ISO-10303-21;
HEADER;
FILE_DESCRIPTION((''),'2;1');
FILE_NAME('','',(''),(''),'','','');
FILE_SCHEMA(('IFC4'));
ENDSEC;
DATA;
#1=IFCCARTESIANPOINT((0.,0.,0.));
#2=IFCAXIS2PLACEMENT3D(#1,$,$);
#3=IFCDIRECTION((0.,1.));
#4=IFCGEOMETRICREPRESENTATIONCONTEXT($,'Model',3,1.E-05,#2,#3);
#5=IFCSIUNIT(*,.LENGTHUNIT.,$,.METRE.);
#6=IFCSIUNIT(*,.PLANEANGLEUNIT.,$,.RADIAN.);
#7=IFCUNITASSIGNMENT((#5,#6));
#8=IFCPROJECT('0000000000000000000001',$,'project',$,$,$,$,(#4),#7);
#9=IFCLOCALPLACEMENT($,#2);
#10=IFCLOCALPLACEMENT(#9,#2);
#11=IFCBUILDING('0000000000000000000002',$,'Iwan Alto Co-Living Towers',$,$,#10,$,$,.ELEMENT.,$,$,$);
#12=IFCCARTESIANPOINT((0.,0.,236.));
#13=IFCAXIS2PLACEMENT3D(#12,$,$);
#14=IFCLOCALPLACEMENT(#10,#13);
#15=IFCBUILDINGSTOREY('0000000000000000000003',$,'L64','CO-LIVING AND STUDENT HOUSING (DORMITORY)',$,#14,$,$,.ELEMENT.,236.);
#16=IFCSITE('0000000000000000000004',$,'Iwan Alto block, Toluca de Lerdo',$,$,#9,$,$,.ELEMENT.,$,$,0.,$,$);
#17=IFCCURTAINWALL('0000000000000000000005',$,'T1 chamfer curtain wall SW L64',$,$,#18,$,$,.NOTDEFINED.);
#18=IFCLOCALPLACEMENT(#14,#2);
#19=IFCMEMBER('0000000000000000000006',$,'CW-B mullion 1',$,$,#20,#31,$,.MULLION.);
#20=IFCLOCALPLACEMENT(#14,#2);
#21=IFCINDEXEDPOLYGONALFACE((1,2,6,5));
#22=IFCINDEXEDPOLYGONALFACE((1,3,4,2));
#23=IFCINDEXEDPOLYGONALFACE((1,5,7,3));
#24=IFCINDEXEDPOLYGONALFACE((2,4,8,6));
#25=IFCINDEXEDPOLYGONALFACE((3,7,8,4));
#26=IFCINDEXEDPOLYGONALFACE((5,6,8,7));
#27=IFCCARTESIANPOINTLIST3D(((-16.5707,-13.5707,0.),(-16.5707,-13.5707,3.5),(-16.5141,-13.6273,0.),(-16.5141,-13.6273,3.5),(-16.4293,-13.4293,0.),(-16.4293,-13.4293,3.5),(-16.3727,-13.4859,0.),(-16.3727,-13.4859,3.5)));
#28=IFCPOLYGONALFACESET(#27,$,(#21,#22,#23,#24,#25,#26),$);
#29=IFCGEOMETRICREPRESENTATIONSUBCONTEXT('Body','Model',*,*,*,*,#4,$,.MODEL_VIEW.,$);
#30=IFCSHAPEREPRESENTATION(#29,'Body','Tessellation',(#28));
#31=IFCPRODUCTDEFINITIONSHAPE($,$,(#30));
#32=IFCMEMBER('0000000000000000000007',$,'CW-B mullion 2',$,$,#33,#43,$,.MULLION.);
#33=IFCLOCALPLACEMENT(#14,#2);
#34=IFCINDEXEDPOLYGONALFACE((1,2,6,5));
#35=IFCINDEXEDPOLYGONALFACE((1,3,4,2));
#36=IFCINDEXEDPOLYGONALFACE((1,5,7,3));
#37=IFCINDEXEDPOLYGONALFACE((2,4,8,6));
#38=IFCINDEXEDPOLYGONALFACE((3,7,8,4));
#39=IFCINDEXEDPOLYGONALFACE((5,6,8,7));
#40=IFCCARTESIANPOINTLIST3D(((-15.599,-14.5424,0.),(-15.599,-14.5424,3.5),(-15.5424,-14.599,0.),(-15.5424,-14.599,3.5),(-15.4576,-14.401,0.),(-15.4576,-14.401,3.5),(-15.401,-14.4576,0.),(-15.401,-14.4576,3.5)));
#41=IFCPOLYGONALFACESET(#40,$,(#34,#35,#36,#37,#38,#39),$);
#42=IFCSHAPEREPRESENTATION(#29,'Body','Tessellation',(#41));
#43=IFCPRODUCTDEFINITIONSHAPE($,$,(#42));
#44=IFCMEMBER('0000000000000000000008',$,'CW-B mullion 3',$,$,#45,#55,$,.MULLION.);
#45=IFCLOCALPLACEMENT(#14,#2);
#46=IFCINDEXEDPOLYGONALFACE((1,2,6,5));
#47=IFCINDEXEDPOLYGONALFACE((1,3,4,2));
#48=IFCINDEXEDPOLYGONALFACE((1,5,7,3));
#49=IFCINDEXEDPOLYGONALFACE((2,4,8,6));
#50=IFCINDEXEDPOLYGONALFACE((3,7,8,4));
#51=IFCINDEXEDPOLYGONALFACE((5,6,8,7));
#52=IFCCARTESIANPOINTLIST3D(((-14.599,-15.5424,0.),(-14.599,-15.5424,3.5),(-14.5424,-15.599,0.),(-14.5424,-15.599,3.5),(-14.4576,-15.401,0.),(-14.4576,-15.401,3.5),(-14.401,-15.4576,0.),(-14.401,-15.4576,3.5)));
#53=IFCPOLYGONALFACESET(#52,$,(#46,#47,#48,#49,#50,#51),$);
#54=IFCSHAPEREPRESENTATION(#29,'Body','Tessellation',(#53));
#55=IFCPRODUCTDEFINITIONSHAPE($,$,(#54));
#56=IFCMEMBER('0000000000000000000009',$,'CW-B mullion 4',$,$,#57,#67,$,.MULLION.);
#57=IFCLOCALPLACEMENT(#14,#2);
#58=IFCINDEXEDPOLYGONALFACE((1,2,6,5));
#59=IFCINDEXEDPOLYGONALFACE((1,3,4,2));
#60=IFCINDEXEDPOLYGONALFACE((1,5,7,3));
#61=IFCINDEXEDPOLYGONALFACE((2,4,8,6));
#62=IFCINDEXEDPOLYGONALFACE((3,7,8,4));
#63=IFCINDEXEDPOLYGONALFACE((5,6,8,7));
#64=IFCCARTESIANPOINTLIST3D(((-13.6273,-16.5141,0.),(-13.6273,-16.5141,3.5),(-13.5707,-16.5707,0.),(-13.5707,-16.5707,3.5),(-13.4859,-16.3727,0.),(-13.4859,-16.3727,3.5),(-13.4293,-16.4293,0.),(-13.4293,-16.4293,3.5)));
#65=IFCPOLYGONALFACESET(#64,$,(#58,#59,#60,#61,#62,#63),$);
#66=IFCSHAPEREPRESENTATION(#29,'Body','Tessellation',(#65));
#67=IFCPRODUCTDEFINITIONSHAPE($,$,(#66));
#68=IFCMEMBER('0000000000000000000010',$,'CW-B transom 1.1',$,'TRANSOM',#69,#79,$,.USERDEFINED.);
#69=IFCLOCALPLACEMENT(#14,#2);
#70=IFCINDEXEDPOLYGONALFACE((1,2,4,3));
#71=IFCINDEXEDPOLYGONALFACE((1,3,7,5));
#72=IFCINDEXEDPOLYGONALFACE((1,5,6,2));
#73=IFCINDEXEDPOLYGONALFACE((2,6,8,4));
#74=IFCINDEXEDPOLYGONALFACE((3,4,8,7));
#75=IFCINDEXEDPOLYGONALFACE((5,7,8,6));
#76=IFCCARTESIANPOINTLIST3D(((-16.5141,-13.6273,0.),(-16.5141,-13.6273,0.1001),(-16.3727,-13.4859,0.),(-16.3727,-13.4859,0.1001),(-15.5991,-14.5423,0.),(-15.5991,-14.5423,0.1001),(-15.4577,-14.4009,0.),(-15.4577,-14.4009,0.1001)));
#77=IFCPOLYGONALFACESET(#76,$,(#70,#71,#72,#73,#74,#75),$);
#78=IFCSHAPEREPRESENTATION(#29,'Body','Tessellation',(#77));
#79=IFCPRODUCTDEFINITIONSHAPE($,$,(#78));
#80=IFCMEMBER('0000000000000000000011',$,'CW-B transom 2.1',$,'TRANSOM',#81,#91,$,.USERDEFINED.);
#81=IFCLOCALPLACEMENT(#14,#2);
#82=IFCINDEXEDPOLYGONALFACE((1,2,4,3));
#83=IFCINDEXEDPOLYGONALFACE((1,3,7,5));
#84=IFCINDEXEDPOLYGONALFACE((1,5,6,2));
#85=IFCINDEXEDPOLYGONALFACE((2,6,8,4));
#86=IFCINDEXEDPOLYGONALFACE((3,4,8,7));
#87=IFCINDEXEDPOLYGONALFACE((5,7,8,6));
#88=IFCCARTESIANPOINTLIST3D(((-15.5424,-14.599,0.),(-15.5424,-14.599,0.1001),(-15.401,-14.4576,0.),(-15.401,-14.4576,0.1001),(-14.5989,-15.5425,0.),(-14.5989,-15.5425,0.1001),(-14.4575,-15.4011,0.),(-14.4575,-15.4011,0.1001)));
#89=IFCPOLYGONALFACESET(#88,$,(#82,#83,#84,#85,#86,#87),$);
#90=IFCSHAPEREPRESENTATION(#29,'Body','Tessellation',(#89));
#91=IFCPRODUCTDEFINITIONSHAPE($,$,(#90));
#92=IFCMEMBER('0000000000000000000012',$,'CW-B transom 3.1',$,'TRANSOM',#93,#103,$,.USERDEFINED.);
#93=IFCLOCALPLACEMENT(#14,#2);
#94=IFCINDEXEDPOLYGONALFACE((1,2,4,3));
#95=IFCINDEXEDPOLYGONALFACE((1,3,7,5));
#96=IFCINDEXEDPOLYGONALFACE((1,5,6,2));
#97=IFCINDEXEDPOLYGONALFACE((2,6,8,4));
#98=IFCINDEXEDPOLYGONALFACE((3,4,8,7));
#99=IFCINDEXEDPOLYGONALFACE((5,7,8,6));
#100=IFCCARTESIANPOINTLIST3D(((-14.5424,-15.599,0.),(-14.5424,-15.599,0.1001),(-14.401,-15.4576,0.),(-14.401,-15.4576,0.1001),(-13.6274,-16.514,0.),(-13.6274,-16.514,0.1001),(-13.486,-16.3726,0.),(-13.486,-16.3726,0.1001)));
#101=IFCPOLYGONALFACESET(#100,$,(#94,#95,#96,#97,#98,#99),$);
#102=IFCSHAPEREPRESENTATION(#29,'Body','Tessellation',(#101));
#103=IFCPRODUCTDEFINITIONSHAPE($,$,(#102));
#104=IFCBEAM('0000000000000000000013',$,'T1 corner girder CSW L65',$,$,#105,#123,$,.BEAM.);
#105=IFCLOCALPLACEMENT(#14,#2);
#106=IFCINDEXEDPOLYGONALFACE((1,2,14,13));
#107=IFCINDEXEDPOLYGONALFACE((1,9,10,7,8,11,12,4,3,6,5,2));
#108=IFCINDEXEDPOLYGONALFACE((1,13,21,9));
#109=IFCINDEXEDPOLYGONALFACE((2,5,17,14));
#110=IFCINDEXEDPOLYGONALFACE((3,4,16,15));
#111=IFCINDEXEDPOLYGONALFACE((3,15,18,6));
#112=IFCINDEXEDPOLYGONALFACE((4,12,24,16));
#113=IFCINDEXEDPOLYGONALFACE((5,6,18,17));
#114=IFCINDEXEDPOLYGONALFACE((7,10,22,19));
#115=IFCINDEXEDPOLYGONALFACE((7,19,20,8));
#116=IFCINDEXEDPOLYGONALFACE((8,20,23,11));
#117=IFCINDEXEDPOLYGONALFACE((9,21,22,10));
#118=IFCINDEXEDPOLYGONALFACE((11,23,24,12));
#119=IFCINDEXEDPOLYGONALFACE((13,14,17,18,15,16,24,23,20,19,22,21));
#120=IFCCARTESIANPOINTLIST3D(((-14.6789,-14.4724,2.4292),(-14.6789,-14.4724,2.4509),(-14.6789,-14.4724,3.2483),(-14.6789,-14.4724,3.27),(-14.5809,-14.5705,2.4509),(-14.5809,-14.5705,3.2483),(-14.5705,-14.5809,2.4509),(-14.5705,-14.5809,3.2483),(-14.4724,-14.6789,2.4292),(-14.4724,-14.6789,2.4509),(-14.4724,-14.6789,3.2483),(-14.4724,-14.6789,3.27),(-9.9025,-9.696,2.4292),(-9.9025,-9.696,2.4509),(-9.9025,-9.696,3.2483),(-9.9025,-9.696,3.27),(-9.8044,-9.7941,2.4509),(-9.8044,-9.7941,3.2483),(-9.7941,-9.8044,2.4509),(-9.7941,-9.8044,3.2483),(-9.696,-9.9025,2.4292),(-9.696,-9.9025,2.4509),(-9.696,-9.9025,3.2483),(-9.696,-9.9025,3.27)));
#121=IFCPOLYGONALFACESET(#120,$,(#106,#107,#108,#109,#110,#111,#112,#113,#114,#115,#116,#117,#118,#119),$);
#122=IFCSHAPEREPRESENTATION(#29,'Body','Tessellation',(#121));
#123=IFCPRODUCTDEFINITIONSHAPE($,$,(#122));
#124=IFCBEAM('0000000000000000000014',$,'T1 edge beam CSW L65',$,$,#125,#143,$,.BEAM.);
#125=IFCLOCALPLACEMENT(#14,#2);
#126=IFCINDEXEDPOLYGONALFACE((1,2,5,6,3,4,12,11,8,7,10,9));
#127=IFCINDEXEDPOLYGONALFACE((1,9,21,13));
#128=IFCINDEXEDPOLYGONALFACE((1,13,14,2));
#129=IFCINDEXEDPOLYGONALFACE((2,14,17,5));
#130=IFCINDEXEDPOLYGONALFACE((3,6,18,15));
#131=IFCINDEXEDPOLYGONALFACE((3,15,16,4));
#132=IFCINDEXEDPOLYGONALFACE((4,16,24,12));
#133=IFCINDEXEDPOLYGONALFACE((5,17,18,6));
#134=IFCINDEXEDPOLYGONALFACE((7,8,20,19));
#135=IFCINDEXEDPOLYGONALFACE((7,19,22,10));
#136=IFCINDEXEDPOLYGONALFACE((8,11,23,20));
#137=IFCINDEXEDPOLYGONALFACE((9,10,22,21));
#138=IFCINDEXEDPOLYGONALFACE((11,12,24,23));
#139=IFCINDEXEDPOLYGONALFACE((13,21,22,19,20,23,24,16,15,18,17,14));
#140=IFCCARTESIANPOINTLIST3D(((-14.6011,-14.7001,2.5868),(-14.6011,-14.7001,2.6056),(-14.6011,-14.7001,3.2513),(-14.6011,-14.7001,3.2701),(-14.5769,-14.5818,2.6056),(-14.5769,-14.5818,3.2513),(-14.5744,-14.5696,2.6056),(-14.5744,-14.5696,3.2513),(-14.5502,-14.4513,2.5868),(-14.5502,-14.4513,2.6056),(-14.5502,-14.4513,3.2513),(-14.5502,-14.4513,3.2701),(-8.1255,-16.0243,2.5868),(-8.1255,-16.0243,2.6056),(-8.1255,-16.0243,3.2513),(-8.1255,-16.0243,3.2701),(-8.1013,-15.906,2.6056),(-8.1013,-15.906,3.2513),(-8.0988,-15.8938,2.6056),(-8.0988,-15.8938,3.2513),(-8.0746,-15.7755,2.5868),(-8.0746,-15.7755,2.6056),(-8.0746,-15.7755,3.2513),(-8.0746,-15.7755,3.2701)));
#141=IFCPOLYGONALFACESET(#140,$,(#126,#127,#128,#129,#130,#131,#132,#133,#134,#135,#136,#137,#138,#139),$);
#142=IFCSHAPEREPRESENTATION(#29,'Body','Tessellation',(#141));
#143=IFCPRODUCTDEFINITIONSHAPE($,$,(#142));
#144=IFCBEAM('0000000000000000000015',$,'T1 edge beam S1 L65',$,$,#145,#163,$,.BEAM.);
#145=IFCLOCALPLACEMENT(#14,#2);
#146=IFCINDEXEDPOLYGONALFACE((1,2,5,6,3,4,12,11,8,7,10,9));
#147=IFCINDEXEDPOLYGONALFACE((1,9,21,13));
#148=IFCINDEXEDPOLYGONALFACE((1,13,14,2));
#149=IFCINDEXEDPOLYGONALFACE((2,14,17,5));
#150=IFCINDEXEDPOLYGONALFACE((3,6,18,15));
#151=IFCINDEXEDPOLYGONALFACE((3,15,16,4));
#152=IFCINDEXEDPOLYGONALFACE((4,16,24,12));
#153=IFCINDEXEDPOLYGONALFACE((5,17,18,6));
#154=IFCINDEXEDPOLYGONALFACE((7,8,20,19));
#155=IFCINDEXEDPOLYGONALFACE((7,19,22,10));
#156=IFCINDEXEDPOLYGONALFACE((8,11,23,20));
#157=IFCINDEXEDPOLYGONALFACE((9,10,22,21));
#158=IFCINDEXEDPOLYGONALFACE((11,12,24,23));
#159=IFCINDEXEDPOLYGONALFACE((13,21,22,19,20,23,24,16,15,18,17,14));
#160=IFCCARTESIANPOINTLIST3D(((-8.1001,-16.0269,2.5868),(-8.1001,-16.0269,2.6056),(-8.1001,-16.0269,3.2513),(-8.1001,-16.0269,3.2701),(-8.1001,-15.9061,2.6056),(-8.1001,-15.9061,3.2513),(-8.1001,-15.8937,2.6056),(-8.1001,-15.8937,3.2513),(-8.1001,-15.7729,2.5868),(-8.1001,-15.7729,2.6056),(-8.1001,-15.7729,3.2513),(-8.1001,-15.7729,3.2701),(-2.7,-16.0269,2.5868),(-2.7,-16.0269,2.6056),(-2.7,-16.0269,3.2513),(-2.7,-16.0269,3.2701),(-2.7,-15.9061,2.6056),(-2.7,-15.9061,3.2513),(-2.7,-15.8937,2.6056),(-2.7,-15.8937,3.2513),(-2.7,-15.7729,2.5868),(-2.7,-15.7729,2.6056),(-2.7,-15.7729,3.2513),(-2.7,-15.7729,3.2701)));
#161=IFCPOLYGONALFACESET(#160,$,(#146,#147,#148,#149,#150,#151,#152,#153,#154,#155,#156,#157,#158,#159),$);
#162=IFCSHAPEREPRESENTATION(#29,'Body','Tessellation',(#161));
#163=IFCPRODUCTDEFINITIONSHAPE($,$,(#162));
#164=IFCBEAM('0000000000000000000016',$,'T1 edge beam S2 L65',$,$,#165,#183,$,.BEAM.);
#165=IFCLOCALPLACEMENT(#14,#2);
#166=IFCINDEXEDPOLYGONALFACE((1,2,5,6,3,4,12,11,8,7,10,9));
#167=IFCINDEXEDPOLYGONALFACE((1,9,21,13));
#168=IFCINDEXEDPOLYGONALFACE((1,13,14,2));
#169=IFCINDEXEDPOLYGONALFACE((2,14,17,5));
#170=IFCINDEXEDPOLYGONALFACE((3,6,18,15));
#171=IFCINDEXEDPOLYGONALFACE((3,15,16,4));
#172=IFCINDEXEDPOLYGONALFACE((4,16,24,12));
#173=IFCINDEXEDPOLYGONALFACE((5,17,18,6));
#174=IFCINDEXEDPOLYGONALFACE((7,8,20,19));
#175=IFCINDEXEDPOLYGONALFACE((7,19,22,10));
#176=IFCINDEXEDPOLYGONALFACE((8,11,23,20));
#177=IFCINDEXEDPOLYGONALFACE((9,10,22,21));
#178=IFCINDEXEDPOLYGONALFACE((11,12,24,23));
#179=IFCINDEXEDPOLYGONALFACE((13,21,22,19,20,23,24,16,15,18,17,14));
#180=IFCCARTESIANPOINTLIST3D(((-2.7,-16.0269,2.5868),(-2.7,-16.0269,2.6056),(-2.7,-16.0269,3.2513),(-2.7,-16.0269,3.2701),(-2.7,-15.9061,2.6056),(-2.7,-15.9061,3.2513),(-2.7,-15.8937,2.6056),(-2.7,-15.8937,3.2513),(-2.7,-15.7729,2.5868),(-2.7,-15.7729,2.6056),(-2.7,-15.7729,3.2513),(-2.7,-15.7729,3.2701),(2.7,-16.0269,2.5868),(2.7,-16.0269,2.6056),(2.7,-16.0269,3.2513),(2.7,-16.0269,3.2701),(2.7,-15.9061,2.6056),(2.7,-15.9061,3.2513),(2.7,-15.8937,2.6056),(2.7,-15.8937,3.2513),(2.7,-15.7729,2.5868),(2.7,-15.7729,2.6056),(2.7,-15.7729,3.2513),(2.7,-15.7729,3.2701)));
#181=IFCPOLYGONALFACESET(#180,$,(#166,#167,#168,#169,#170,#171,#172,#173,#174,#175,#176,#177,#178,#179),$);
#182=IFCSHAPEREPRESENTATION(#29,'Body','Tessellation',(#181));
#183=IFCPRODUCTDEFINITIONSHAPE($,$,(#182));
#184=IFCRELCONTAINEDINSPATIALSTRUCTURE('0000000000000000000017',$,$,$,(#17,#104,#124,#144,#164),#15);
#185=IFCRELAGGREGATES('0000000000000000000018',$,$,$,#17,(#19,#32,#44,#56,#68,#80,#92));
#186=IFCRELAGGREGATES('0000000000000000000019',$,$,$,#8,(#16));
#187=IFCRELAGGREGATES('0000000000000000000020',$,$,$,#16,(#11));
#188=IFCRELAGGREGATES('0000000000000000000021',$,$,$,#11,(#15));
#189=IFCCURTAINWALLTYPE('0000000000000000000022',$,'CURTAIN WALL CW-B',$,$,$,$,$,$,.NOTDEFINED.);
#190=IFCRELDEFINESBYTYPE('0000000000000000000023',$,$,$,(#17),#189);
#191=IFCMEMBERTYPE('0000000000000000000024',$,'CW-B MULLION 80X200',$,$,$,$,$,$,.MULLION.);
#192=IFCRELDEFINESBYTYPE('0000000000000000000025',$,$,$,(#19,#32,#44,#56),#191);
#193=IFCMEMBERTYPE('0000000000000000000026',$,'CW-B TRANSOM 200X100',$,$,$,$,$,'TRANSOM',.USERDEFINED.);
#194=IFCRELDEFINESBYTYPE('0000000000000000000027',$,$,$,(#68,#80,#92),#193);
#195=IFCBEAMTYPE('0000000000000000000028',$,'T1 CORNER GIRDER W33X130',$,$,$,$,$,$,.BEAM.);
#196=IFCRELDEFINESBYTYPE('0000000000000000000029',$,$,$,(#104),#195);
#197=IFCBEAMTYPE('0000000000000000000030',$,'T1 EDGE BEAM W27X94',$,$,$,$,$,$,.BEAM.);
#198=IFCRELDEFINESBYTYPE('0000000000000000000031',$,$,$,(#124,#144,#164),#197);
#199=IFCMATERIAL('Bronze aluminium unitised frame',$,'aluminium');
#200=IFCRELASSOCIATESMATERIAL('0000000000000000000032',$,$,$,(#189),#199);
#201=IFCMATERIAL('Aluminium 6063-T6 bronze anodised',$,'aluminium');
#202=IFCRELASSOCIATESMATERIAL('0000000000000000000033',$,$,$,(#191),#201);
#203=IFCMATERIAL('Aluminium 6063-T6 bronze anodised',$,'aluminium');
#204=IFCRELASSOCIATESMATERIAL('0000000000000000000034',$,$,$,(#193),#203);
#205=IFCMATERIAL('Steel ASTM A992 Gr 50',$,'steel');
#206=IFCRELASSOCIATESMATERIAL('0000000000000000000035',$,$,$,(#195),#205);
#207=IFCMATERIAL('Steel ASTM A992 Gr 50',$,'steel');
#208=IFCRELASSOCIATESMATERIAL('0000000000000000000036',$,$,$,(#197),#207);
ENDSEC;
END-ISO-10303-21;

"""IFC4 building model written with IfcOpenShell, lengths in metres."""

from ifc_helpers import new_model, si_unit, direction, frame, origin, origin_2d, place, context, subcontext, project, spatial, rectangle, i_section, extrude, material, material_profile, profile_set, type_object, element, aggregate, save


model = new_model("IFC4")

# Units and contexts
model_context = context("Model", 3, precision=1e-05, world=origin(), true_north=direction((0.0, 1.0)))
body_context = subcontext(model_context, "Body", "Model", "MODEL_VIEW")
ifc_project = project(units=[si_unit("LENGTHUNIT", "METRE"), si_unit("PLANEANGLEUNIT", "RADIAN")], contexts=[model_context])

# Site, building, storey
site_placement = place(None, origin())
site = spatial("IfcSite", under=ifc_project, at=site_placement, Name="Iwan Alto block, Toluca de Lerdo", CompositionType="ELEMENT", RefElevation=0.0)
building_placement = place(site_placement, origin())
building = spatial("IfcBuilding", under=site, at=building_placement, Name="Iwan Alto Co-Living Towers", CompositionType="ELEMENT")
storey_placement = place(building_placement, frame((0.0, 0.0, 236.0)))
storey = spatial("IfcBuildingStorey", under=building, at=storey_placement, Name="L64", Description="CO-LIVING AND STUDENT HOUSING (DORMITORY)", CompositionType="ELEMENT", Elevation=236.0)

# Curtain wall, members
ifc_material_1 = material(Name="Bronze aluminium unitised frame", Category="aluminium")
curtain_wall_type_1 = type_object("IfcCurtainWallType", Name="CURTAIN WALL CW-B", PredefinedType="NOTDEFINED", material=ifc_material_1)
curtain_wall_1_placement = place(storey_placement, origin())
curtain_wall_1 = element("IfcCurtainWall", 1, at=curtain_wall_1_placement, inside=storey, type_object=curtain_wall_type_1, Name="T1 chamfer curtain wall SW L64", PredefinedType="NOTDEFINED")
ifc_material_2 = material(Name="Aluminium 6063-T6 bronze anodised", Category="aluminium")
ifc_material_profile_1 = material_profile(ifc_material_2, rectangle(XDim=0.2, YDim=0.0801, at=origin_2d()), Name="AL 80X200")
ifc_profile_set_1 = profile_set([ifc_material_profile_1], Name="Aluminium 6063-T6 bronze anodised")
member_type_1 = type_object("IfcMemberType", Name="CW-B MULLION 80X200", PredefinedType="MULLION", material=ifc_profile_set_1)
member_1_placement = place(storey_placement, frame((-16.4717, -13.5283, 0.0), z_axis=(0.0, 0.0, 1.0), x_axis=(0.707107, 0.707107, 0.0)))
member_1 = element("IfcMember", 2, at=member_1_placement, type_object=member_type_1, Name="CW-B mullion 1", PredefinedType="MULLION", context=body_context, shape_type="SweptSolid", body=[
    extrude(rectangle(XDim=0.2, YDim=0.0801, at=origin_2d()), origin(), (0.0, 0.0, 1.0), 3.5),
])
member_2_placement = place(storey_placement, frame((-15.5, -14.5, 0.0), z_axis=(0.0, 0.0, 1.0), x_axis=(0.707107, 0.707107, 0.0)))
member_2 = element("IfcMember", 3, at=member_2_placement, type_object=member_type_1, Name="CW-B mullion 2", PredefinedType="MULLION", context=body_context, shape_type="SweptSolid", body=[
    extrude(rectangle(XDim=0.2, YDim=0.0801, at=origin_2d()), origin(), (0.0, 0.0, 1.0), 3.5),
])
member_3_placement = place(storey_placement, frame((-14.5, -15.5, 0.0), z_axis=(0.0, 0.0, 1.0), x_axis=(0.707107, 0.707107, 0.0)))
member_3 = element("IfcMember", 4, at=member_3_placement, type_object=member_type_1, Name="CW-B mullion 3", PredefinedType="MULLION", context=body_context, shape_type="SweptSolid", body=[
    extrude(rectangle(XDim=0.2, YDim=0.0801, at=origin_2d()), origin(), (0.0, 0.0, 1.0), 3.5),
])
member_4_placement = place(storey_placement, frame((-13.5283, -16.4717, 0.0), z_axis=(0.0, 0.0, 1.0), x_axis=(0.707107, 0.707107, 0.0)))
member_4 = element("IfcMember", 5, at=member_4_placement, type_object=member_type_1, Name="CW-B mullion 4", PredefinedType="MULLION", context=body_context, shape_type="SweptSolid", body=[
    extrude(rectangle(XDim=0.2, YDim=0.0801, at=origin_2d()), origin(), (0.0, 0.0, 1.0), 3.5),
])
ifc_material_3 = material(Name="Aluminium 6063-T6 bronze anodised", Category="aluminium")
ifc_material_profile_2 = material_profile(ifc_material_3, rectangle(XDim=0.2, YDim=0.1001, at=origin_2d()), Name="AL 200X100")
ifc_profile_set_2 = profile_set([ifc_material_profile_2], Name="Aluminium 6063-T6 bronze anodised")
member_type_2 = type_object("IfcMemberType", Name="CW-B TRANSOM 200X100", ElementType="TRANSOM", PredefinedType="USERDEFINED", material=ifc_profile_set_2)
member_5_placement = place(storey_placement, frame((-16.4434, -13.5566, 0.05), z_axis=(0.707107, -0.707107, 0.0), x_axis=(0.707107, 0.707107, 0.0)))
member_5 = element("IfcMember", 6, at=member_5_placement, type_object=member_type_2, Name="CW-B transom 1.1", ObjectType="TRANSOM", PredefinedType="USERDEFINED", context=body_context, shape_type="SweptSolid", body=[
    extrude(rectangle(XDim=0.2, YDim=0.1001, at=origin_2d()), origin(), (0.0, 0.0, 1.0), 1.2939),
])
member_6_placement = place(storey_placement, frame((-15.4717, -14.5283, 0.05), z_axis=(0.707107, -0.707107, 0.0), x_axis=(0.707107, 0.707107, 0.0)))
member_6 = element("IfcMember", 7, at=member_6_placement, type_object=member_type_2, Name="CW-B transom 2.1", ObjectType="TRANSOM", PredefinedType="USERDEFINED", context=body_context, shape_type="SweptSolid", body=[
    extrude(rectangle(XDim=0.2, YDim=0.1001, at=origin_2d()), origin(), (0.0, 0.0, 1.0), 1.3342),
])
member_7_placement = place(storey_placement, frame((-14.4717, -15.5283, 0.05), z_axis=(0.707107, -0.707107, 0.0), x_axis=(0.707107, 0.707107, 0.0)))
member_7 = element("IfcMember", 8, at=member_7_placement, type_object=member_type_2, Name="CW-B transom 3.1", ObjectType="TRANSOM", PredefinedType="USERDEFINED", context=body_context, shape_type="SweptSolid", body=[
    extrude(rectangle(XDim=0.2, YDim=0.1001, at=origin_2d()), origin(), (0.0, 0.0, 1.0), 1.2939),
])

# Beams
ifc_material_4 = material(Name="Steel ASTM A992 Gr 50", Category="steel")
ifc_material_profile_3 = material_profile(ifc_material_4, i_section(OverallWidth=0.292, OverallDepth=0.8408, WebThickness=0.0146, FlangeThickness=0.0217, at=origin_2d()), Name="W33X130")
ifc_profile_set_3 = profile_set([ifc_material_profile_3], Name="Steel ASTM A992 Gr 50")
beam_type_1 = type_object("IfcBeamType", Name="T1 CORNER GIRDER W33X130", PredefinedType="BEAM", material=ifc_profile_set_3)
beam_1_placement = place(storey_placement, frame((-14.5757, -14.5757, 2.8496), z_axis=(0.707107, 0.707107, 0.0), x_axis=(-0.707107, 0.707107, 0.0)))
element("IfcBeam", 9, at=beam_1_placement, inside=storey, type_object=beam_type_1, Name="T1 corner girder CSW L65", PredefinedType="BEAM", context=body_context, shape_type="SweptSolid", body=[
    extrude(i_section(OverallWidth=0.292, OverallDepth=0.8408, WebThickness=0.0146, FlangeThickness=0.0217, at=origin_2d()), origin(), (0.0, 0.0, 1.0), 6.7549),
])
ifc_material_5 = material(Name="Steel ASTM A992 Gr 50", Category="steel")
ifc_material_profile_4 = material_profile(ifc_material_5, i_section(OverallWidth=0.2539, OverallDepth=0.6833, WebThickness=0.0125, FlangeThickness=0.0188, at=origin_2d()), Name="W27X94")
ifc_profile_set_4 = profile_set([ifc_material_profile_4], Name="Steel ASTM A992 Gr 50")
beam_type_2 = type_object("IfcBeamType", Name="T1 EDGE BEAM W27X94", PredefinedType="BEAM", material=ifc_profile_set_4)
beam_2_placement = place(storey_placement, frame((-14.5757, -14.5757, 2.9285), z_axis=(0.979725, -0.200348, 0.0), x_axis=(0.200348, 0.979725, 0.0)))
element("IfcBeam", 10, at=beam_2_placement, inside=storey, type_object=beam_type_2, Name="T1 edge beam CSW L65", PredefinedType="BEAM", context=body_context, shape_type="SweptSolid", body=[
    extrude(i_section(OverallWidth=0.2539, OverallDepth=0.6833, WebThickness=0.0125, FlangeThickness=0.0188, at=origin_2d()), origin(), (0.0, 0.0, 1.0), 6.6096),
])
beam_3_placement = place(storey_placement, frame((-8.1001, -15.8999, 2.9285), z_axis=(1.0, 0.0, 0.0), x_axis=(0.0, 1.0, 0.0)))
element("IfcBeam", 11, at=beam_3_placement, inside=storey, type_object=beam_type_2, Name="T1 edge beam S1 L65", PredefinedType="BEAM", context=body_context, shape_type="SweptSolid", body=[
    extrude(i_section(OverallWidth=0.2539, OverallDepth=0.6833, WebThickness=0.0125, FlangeThickness=0.0188, at=origin_2d()), origin(), (0.0, 0.0, 1.0), 5.4001),
])
beam_4_placement = place(storey_placement, frame((-2.7, -15.8999, 2.9285), z_axis=(1.0, 0.0, 0.0), x_axis=(0.0, 1.0, 0.0)))
element("IfcBeam", 12, at=beam_4_placement, inside=storey, type_object=beam_type_2, Name="T1 edge beam S2 L65", PredefinedType="BEAM", context=body_context, shape_type="SweptSolid", body=[
    extrude(i_section(OverallWidth=0.2539, OverallDepth=0.6833, WebThickness=0.0125, FlangeThickness=0.0188, at=origin_2d()), origin(), (0.0, 0.0, 1.0), 5.3999),
])

aggregate(curtain_wall_1, [member_1, member_2, member_3, member_4, member_5, member_6, member_7])

save(model, "model.ifc")
